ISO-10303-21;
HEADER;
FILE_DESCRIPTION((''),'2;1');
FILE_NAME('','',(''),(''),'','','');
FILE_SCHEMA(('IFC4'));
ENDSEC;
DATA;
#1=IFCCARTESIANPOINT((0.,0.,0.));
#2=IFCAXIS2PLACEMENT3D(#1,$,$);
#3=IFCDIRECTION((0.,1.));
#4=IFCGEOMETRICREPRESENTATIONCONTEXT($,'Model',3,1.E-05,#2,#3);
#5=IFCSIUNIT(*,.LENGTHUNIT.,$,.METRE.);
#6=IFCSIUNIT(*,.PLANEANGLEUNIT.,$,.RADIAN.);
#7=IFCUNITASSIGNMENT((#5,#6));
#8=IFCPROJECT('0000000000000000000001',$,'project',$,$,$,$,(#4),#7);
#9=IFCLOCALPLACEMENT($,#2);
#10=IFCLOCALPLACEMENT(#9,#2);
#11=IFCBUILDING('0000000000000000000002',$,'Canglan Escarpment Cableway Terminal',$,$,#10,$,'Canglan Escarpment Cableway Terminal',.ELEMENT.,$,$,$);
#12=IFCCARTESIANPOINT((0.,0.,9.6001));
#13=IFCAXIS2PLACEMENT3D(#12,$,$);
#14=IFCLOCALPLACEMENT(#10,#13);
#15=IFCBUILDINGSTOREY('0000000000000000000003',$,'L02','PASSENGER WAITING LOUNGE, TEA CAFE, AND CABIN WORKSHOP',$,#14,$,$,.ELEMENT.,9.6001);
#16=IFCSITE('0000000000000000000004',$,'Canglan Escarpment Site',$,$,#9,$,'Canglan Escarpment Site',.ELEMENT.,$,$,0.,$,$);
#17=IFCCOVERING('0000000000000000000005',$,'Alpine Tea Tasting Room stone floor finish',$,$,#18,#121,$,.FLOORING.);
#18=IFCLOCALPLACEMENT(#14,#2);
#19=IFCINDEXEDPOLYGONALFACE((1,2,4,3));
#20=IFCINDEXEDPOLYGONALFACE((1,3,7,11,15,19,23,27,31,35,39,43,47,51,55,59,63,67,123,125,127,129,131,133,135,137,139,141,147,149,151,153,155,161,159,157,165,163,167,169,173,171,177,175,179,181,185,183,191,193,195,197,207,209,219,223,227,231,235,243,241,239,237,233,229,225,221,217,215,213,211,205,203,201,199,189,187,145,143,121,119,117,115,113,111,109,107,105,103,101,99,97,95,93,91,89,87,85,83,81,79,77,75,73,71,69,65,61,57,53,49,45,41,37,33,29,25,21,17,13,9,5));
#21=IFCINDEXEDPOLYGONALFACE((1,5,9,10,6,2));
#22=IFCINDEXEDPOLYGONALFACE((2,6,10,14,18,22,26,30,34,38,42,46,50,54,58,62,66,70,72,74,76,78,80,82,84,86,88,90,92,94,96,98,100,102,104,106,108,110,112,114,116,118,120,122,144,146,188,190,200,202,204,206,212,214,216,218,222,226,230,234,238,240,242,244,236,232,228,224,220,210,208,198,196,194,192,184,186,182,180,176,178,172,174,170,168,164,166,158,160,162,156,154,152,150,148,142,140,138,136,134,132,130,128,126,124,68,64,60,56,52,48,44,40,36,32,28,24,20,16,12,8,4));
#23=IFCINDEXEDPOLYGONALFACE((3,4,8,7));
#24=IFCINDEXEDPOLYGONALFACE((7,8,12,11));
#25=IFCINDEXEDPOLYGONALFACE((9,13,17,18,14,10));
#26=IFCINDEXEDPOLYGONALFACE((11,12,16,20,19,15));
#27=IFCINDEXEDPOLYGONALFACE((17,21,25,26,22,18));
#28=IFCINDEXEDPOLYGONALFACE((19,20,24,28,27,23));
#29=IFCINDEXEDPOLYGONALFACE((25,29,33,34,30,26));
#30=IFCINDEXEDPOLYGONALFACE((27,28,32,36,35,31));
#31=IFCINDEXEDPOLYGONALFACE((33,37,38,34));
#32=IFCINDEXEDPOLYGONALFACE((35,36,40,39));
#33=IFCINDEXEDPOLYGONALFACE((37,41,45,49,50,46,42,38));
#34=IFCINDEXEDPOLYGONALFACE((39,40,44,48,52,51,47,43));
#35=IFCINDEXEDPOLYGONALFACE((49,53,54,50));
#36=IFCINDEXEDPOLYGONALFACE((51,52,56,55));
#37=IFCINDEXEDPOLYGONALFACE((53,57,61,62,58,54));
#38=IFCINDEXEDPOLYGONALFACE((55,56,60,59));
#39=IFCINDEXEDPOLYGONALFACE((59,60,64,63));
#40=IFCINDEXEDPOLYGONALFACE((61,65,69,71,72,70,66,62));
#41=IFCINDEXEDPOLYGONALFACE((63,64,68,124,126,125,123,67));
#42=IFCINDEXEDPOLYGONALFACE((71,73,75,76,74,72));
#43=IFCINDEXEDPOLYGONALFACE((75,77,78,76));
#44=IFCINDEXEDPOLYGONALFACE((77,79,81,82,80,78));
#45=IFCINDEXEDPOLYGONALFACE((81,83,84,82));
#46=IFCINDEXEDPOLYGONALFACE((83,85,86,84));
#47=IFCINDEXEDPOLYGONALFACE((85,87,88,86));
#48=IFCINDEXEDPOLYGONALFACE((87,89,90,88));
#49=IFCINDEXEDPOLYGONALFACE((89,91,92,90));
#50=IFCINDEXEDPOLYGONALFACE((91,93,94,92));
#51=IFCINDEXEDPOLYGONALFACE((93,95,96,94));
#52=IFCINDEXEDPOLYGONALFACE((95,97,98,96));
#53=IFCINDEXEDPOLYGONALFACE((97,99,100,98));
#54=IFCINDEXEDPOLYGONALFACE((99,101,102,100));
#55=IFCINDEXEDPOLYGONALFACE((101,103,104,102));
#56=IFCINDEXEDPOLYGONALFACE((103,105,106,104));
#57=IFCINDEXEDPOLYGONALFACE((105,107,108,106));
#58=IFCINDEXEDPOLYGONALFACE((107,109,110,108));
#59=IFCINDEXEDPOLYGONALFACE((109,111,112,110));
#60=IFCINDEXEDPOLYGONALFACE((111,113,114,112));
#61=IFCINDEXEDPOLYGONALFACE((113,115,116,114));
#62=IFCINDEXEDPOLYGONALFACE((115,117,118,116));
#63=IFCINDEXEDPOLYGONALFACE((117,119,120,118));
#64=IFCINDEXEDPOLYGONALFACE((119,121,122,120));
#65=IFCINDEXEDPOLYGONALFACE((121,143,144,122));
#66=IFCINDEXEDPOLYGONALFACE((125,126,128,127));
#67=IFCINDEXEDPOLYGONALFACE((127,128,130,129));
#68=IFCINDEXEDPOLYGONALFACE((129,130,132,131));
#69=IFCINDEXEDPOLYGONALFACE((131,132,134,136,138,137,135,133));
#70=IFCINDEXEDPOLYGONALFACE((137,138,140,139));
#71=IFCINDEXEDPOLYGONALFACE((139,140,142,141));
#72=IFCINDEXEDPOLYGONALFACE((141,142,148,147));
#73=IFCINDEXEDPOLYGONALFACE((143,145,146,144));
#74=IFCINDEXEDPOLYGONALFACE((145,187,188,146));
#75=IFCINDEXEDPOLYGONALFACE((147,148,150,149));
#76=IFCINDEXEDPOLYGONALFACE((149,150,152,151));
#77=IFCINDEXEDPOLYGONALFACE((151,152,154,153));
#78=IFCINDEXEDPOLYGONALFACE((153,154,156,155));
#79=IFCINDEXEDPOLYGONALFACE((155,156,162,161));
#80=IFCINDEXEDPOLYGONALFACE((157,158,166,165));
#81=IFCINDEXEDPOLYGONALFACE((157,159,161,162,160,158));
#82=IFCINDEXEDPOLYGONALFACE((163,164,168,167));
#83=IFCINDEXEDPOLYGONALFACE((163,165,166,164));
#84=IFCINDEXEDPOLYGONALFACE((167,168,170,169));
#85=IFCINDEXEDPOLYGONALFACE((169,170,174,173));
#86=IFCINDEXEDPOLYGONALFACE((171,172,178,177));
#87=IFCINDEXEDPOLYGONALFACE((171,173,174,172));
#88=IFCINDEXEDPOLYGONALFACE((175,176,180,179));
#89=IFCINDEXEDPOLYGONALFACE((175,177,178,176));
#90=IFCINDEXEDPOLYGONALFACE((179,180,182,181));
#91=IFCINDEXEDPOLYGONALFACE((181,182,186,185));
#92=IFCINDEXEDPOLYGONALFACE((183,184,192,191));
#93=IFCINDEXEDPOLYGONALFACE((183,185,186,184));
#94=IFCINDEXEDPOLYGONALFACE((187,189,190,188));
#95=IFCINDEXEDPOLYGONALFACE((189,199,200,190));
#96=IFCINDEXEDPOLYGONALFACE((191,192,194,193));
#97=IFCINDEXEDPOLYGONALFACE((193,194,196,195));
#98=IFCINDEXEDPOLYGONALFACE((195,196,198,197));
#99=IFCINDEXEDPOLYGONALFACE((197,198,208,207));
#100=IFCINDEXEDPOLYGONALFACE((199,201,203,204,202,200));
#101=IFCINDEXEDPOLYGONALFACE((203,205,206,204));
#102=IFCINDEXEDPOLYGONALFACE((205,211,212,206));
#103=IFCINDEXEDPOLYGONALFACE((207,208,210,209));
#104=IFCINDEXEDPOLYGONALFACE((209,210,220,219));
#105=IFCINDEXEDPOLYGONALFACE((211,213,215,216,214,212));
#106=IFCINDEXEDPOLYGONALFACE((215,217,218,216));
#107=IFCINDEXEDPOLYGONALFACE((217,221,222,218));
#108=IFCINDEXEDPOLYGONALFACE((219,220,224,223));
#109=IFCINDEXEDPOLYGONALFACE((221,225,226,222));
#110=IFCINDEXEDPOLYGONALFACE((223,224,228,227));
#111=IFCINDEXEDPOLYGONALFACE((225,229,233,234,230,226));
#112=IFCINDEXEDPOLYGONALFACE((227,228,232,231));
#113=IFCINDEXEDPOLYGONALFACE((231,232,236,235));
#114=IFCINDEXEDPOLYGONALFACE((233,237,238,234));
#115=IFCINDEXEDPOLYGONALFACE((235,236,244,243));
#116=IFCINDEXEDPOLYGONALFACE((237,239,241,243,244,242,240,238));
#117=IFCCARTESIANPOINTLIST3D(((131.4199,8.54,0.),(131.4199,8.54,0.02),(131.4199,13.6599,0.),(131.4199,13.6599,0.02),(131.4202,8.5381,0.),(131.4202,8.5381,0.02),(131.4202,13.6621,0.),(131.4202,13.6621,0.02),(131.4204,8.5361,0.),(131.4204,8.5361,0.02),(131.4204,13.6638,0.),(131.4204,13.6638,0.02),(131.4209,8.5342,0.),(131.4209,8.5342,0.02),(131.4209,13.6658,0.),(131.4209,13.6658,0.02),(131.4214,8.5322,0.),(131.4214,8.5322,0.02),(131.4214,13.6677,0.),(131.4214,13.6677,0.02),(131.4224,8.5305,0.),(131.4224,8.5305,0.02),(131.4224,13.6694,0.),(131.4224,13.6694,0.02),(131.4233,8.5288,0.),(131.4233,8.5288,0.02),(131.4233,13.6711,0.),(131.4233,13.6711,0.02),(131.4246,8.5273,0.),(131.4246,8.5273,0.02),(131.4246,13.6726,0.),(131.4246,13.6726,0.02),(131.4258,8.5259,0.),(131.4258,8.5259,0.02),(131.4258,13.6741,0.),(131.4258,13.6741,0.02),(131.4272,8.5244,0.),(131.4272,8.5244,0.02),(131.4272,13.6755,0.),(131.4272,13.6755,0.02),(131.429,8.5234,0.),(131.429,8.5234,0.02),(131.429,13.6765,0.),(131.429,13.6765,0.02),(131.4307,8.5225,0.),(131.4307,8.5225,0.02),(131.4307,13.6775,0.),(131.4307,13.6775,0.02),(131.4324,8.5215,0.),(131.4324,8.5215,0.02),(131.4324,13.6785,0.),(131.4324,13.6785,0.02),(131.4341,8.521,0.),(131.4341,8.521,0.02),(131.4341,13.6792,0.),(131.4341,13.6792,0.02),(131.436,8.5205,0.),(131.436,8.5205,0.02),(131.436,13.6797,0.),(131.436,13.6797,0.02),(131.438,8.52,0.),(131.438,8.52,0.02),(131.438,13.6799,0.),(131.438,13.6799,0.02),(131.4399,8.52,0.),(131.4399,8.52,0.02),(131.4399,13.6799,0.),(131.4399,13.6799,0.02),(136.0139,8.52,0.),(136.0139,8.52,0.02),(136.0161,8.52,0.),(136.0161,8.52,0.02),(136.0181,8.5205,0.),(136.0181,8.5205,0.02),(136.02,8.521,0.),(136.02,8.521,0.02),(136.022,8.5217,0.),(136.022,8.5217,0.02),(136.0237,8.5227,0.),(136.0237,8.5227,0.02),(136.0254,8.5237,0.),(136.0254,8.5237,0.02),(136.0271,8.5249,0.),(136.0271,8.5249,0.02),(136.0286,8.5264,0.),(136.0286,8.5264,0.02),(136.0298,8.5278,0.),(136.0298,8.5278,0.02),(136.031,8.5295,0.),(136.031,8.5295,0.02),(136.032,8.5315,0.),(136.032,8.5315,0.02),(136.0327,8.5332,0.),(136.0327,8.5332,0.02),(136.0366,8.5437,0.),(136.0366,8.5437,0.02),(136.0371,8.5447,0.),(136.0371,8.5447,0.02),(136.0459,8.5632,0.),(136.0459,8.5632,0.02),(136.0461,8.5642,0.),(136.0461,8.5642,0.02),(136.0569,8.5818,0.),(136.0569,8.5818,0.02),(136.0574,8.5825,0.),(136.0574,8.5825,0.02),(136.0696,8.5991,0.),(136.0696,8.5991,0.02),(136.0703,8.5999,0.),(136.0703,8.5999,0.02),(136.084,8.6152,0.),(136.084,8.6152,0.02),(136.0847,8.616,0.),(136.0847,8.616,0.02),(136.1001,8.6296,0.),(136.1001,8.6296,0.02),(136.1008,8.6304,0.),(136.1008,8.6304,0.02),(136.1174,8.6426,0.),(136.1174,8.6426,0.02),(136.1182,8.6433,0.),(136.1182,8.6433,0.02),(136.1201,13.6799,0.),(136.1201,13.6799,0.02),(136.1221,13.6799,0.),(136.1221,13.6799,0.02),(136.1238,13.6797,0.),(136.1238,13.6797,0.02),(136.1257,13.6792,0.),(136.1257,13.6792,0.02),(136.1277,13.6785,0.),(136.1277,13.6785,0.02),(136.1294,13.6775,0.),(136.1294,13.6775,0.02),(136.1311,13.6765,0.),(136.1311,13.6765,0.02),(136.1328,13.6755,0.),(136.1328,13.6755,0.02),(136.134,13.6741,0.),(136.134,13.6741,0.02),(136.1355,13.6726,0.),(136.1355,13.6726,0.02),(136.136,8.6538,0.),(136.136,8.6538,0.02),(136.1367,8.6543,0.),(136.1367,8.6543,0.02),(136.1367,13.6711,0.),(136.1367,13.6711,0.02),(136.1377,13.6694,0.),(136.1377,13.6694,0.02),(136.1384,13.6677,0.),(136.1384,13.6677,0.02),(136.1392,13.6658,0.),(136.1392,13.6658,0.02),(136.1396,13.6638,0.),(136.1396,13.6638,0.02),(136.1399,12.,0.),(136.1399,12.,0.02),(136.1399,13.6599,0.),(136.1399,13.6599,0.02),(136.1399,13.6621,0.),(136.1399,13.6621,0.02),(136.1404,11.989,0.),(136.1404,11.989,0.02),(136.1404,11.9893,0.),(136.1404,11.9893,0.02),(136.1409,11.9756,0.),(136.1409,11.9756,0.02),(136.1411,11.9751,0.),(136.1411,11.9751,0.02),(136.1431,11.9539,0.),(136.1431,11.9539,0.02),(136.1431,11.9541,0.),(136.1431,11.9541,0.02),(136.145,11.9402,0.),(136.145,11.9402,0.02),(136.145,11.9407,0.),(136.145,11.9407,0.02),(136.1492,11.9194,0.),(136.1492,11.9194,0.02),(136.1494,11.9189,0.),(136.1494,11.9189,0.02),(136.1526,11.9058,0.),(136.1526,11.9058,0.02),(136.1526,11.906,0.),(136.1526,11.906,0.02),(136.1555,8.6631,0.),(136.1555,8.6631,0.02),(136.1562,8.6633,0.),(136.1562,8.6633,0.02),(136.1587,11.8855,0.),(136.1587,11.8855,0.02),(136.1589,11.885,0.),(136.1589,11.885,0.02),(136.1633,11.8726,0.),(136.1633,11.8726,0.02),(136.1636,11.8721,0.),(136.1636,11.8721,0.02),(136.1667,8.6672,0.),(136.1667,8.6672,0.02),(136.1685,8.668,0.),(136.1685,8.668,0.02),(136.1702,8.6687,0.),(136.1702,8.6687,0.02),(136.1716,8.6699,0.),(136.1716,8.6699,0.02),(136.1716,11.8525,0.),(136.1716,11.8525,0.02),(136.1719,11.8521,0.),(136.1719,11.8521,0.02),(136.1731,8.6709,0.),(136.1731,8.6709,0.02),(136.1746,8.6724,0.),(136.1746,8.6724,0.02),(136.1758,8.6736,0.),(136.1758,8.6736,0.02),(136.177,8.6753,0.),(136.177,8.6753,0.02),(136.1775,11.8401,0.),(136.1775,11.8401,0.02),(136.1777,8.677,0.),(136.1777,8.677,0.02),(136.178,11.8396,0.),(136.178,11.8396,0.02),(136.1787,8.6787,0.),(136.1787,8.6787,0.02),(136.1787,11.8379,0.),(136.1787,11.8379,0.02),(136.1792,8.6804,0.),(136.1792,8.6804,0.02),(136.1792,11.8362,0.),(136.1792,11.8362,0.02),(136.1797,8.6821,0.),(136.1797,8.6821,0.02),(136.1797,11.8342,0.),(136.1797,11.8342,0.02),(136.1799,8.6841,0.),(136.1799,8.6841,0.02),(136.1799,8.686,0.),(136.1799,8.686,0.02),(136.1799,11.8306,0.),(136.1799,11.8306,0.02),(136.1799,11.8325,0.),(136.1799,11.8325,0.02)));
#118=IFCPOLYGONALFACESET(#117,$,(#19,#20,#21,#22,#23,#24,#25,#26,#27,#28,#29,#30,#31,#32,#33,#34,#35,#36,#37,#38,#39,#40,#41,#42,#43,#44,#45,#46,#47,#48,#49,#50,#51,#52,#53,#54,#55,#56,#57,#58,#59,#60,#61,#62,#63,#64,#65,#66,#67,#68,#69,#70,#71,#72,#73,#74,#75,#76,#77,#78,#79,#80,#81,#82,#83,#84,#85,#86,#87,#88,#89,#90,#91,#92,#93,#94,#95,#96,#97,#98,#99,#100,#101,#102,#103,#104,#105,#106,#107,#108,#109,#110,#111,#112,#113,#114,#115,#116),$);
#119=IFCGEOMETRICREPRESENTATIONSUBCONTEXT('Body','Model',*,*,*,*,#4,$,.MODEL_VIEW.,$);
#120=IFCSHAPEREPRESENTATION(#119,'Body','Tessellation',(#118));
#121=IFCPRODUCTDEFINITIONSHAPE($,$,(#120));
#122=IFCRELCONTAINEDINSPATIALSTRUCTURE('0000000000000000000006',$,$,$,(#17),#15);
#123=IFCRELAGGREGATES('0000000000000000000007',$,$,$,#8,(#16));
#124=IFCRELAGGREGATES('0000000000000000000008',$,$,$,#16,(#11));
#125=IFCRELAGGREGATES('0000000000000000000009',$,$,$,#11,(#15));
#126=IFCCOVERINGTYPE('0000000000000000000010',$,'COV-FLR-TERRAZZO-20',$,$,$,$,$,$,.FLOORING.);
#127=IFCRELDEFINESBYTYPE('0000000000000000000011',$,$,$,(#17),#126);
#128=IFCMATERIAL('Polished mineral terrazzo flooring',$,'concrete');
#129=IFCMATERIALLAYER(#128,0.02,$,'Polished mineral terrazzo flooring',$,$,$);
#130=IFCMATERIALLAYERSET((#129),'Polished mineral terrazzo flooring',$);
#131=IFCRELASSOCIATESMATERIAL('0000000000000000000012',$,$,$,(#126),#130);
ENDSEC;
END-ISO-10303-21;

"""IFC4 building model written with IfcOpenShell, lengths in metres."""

from ifc_helpers import new_model, si_unit, direction, frame, origin, place, context, subcontext, project, spatial, polyline, outline, extrude, material, layer, layer_set, type_object, element, save


model = new_model("IFC4")

# Units and contexts
model_context = context("Model", 3, precision=1e-05, world=origin(), true_north=direction((0.0, 1.0)))
body_context = subcontext(model_context, "Body", "Model", "MODEL_VIEW")
ifc_project = project(units=[si_unit("LENGTHUNIT", "METRE"), si_unit("PLANEANGLEUNIT", "RADIAN")], contexts=[model_context])

# Site, building, storey
site_placement = place(None, origin())
site = spatial("IfcSite", under=ifc_project, at=site_placement, Name="Canglan Escarpment Site", LongName="Canglan Escarpment Site", CompositionType="ELEMENT", RefElevation=0.0)
building_placement = place(site_placement, origin())
building = spatial("IfcBuilding", under=site, at=building_placement, Name="Canglan Escarpment Cableway Terminal", LongName="Canglan Escarpment Cableway Terminal", CompositionType="ELEMENT")
storey_placement = place(building_placement, frame((0.0, 0.0, 9.6001)))
storey = spatial("IfcBuildingStorey", under=building, at=storey_placement, Name="L02", Description="PASSENGER WAITING LOUNGE, TEA CAFE, AND CABIN WORKSHOP", CompositionType="ELEMENT", Elevation=9.6001)

# Covering
ifc_material_1 = material(Name="Polished mineral terrazzo flooring", Category="concrete")
ifc_layer_1 = layer(ifc_material_1, 0.02, Name="Polished mineral terrazzo flooring")
ifc_layer_set_1 = layer_set([ifc_layer_1], Name="Polished mineral terrazzo flooring")
covering_type_1 = type_object("IfcCoveringType", Name="COV-FLR-TERRAZZO-20", PredefinedType="FLOORING", material=ifc_layer_set_1)
covering_1_placement = place(storey_placement, origin())
element("IfcCovering", 1, at=covering_1_placement, inside=storey, type_object=covering_type_1, Name="Alpine Tea Tasting Room stone floor finish", PredefinedType="FLOORING", context=body_context, shape_type="SweptSolid", body=[
    extrude(outline(polyline([(131.4199, 13.6599), (131.4202, 13.6621), (131.4204, 13.6638), (131.4209, 13.6658), (131.4214, 13.6677), (131.4224, 13.6694), (131.4233, 13.6711), (131.4246, 13.6726), (131.4258, 13.6741), (131.4272, 13.6755), (131.429, 13.6765), (131.4307, 13.6775), (131.4324, 13.6785), (131.4341, 13.6792), (131.436, 13.6797), (131.438, 13.6799), (131.4399, 13.6799), (136.1201, 13.6799), (136.1221, 13.6799), (136.1238, 13.6797), (136.1257, 13.6792), (136.1277, 13.6785), (136.1294, 13.6775), (136.1311, 13.6765), (136.1328, 13.6755), (136.134, 13.6741), (136.1355, 13.6726), (136.1367, 13.6711), (136.1377, 13.6694), (136.1384, 13.6677), (136.1392, 13.6658), (136.1396, 13.6638), (136.1399, 13.6621), (136.1399, 13.6599), (136.1399, 12.0), (136.1399, 12.0), (136.1404, 11.9893), (136.1404, 11.989), (136.1409, 11.9756), (136.1411, 11.9751), (136.1431, 11.9541), (136.1431, 11.9539), (136.145, 11.9407), (136.145, 11.9402), (136.1492, 11.9194), (136.1494, 11.9189), (136.1526, 11.906), (136.1526, 11.9058), (136.1587, 11.8855), (136.1589, 11.885), (136.1633, 11.8726), (136.1636, 11.8721), (136.1716, 11.8525), (136.1719, 11.8521), (136.1775, 11.8401), (136.178, 11.8396), (136.1787, 11.8379), (136.1792, 11.8362), (136.1797, 11.8342), (136.1799, 11.8325), (136.1799, 11.8306), (136.1799, 8.686), (136.1799, 8.6841), (136.1797, 8.6821), (136.1792, 8.6804), (136.1787, 8.6787), (136.1777, 8.677), (136.177, 8.6753), (136.1758, 8.6736), (136.1746, 8.6724), (136.1731, 8.6709), (136.1716, 8.6699), (136.1702, 8.6687), (136.1685, 8.668), (136.1667, 8.6672), (136.1562, 8.6633), (136.1555, 8.6631), (136.1367, 8.6543), (136.136, 8.6538), (136.1182, 8.6433), (136.1174, 8.6426), (136.1008, 8.6304), (136.1001, 8.6296), (136.0847, 8.616), (136.084, 8.6152), (136.0703, 8.5999), (136.0696, 8.5991), (136.0574, 8.5825), (136.0569, 8.5818), (136.0461, 8.5642), (136.0459, 8.5632), (136.0371, 8.5447), (136.0366, 8.5437), (136.0327, 8.5332), (136.032, 8.5315), (136.031, 8.5295), (136.0298, 8.5278), (136.0286, 8.5264), (136.0271, 8.5249), (136.0254, 8.5237), (136.0237, 8.5227), (136.022, 8.5217), (136.02, 8.521), (136.0181, 8.5205), (136.0161, 8.52), (136.0139, 8.52), (131.4399, 8.52), (131.438, 8.52), (131.436, 8.5205), (131.4341, 8.521), (131.4324, 8.5215), (131.4307, 8.5225), (131.429, 8.5234), (131.4272, 8.5244), (131.4258, 8.5259), (131.4246, 8.5273), (131.4233, 8.5288), (131.4224, 8.5305), (131.4214, 8.5322), (131.4209, 8.5342), (131.4204, 8.5361), (131.4202, 8.5381), (131.4199, 8.54), (131.4199, 13.6599)])), origin(), (0.0, 0.0, 1.0), 0.02),
])

save(model, "model.ifc")
